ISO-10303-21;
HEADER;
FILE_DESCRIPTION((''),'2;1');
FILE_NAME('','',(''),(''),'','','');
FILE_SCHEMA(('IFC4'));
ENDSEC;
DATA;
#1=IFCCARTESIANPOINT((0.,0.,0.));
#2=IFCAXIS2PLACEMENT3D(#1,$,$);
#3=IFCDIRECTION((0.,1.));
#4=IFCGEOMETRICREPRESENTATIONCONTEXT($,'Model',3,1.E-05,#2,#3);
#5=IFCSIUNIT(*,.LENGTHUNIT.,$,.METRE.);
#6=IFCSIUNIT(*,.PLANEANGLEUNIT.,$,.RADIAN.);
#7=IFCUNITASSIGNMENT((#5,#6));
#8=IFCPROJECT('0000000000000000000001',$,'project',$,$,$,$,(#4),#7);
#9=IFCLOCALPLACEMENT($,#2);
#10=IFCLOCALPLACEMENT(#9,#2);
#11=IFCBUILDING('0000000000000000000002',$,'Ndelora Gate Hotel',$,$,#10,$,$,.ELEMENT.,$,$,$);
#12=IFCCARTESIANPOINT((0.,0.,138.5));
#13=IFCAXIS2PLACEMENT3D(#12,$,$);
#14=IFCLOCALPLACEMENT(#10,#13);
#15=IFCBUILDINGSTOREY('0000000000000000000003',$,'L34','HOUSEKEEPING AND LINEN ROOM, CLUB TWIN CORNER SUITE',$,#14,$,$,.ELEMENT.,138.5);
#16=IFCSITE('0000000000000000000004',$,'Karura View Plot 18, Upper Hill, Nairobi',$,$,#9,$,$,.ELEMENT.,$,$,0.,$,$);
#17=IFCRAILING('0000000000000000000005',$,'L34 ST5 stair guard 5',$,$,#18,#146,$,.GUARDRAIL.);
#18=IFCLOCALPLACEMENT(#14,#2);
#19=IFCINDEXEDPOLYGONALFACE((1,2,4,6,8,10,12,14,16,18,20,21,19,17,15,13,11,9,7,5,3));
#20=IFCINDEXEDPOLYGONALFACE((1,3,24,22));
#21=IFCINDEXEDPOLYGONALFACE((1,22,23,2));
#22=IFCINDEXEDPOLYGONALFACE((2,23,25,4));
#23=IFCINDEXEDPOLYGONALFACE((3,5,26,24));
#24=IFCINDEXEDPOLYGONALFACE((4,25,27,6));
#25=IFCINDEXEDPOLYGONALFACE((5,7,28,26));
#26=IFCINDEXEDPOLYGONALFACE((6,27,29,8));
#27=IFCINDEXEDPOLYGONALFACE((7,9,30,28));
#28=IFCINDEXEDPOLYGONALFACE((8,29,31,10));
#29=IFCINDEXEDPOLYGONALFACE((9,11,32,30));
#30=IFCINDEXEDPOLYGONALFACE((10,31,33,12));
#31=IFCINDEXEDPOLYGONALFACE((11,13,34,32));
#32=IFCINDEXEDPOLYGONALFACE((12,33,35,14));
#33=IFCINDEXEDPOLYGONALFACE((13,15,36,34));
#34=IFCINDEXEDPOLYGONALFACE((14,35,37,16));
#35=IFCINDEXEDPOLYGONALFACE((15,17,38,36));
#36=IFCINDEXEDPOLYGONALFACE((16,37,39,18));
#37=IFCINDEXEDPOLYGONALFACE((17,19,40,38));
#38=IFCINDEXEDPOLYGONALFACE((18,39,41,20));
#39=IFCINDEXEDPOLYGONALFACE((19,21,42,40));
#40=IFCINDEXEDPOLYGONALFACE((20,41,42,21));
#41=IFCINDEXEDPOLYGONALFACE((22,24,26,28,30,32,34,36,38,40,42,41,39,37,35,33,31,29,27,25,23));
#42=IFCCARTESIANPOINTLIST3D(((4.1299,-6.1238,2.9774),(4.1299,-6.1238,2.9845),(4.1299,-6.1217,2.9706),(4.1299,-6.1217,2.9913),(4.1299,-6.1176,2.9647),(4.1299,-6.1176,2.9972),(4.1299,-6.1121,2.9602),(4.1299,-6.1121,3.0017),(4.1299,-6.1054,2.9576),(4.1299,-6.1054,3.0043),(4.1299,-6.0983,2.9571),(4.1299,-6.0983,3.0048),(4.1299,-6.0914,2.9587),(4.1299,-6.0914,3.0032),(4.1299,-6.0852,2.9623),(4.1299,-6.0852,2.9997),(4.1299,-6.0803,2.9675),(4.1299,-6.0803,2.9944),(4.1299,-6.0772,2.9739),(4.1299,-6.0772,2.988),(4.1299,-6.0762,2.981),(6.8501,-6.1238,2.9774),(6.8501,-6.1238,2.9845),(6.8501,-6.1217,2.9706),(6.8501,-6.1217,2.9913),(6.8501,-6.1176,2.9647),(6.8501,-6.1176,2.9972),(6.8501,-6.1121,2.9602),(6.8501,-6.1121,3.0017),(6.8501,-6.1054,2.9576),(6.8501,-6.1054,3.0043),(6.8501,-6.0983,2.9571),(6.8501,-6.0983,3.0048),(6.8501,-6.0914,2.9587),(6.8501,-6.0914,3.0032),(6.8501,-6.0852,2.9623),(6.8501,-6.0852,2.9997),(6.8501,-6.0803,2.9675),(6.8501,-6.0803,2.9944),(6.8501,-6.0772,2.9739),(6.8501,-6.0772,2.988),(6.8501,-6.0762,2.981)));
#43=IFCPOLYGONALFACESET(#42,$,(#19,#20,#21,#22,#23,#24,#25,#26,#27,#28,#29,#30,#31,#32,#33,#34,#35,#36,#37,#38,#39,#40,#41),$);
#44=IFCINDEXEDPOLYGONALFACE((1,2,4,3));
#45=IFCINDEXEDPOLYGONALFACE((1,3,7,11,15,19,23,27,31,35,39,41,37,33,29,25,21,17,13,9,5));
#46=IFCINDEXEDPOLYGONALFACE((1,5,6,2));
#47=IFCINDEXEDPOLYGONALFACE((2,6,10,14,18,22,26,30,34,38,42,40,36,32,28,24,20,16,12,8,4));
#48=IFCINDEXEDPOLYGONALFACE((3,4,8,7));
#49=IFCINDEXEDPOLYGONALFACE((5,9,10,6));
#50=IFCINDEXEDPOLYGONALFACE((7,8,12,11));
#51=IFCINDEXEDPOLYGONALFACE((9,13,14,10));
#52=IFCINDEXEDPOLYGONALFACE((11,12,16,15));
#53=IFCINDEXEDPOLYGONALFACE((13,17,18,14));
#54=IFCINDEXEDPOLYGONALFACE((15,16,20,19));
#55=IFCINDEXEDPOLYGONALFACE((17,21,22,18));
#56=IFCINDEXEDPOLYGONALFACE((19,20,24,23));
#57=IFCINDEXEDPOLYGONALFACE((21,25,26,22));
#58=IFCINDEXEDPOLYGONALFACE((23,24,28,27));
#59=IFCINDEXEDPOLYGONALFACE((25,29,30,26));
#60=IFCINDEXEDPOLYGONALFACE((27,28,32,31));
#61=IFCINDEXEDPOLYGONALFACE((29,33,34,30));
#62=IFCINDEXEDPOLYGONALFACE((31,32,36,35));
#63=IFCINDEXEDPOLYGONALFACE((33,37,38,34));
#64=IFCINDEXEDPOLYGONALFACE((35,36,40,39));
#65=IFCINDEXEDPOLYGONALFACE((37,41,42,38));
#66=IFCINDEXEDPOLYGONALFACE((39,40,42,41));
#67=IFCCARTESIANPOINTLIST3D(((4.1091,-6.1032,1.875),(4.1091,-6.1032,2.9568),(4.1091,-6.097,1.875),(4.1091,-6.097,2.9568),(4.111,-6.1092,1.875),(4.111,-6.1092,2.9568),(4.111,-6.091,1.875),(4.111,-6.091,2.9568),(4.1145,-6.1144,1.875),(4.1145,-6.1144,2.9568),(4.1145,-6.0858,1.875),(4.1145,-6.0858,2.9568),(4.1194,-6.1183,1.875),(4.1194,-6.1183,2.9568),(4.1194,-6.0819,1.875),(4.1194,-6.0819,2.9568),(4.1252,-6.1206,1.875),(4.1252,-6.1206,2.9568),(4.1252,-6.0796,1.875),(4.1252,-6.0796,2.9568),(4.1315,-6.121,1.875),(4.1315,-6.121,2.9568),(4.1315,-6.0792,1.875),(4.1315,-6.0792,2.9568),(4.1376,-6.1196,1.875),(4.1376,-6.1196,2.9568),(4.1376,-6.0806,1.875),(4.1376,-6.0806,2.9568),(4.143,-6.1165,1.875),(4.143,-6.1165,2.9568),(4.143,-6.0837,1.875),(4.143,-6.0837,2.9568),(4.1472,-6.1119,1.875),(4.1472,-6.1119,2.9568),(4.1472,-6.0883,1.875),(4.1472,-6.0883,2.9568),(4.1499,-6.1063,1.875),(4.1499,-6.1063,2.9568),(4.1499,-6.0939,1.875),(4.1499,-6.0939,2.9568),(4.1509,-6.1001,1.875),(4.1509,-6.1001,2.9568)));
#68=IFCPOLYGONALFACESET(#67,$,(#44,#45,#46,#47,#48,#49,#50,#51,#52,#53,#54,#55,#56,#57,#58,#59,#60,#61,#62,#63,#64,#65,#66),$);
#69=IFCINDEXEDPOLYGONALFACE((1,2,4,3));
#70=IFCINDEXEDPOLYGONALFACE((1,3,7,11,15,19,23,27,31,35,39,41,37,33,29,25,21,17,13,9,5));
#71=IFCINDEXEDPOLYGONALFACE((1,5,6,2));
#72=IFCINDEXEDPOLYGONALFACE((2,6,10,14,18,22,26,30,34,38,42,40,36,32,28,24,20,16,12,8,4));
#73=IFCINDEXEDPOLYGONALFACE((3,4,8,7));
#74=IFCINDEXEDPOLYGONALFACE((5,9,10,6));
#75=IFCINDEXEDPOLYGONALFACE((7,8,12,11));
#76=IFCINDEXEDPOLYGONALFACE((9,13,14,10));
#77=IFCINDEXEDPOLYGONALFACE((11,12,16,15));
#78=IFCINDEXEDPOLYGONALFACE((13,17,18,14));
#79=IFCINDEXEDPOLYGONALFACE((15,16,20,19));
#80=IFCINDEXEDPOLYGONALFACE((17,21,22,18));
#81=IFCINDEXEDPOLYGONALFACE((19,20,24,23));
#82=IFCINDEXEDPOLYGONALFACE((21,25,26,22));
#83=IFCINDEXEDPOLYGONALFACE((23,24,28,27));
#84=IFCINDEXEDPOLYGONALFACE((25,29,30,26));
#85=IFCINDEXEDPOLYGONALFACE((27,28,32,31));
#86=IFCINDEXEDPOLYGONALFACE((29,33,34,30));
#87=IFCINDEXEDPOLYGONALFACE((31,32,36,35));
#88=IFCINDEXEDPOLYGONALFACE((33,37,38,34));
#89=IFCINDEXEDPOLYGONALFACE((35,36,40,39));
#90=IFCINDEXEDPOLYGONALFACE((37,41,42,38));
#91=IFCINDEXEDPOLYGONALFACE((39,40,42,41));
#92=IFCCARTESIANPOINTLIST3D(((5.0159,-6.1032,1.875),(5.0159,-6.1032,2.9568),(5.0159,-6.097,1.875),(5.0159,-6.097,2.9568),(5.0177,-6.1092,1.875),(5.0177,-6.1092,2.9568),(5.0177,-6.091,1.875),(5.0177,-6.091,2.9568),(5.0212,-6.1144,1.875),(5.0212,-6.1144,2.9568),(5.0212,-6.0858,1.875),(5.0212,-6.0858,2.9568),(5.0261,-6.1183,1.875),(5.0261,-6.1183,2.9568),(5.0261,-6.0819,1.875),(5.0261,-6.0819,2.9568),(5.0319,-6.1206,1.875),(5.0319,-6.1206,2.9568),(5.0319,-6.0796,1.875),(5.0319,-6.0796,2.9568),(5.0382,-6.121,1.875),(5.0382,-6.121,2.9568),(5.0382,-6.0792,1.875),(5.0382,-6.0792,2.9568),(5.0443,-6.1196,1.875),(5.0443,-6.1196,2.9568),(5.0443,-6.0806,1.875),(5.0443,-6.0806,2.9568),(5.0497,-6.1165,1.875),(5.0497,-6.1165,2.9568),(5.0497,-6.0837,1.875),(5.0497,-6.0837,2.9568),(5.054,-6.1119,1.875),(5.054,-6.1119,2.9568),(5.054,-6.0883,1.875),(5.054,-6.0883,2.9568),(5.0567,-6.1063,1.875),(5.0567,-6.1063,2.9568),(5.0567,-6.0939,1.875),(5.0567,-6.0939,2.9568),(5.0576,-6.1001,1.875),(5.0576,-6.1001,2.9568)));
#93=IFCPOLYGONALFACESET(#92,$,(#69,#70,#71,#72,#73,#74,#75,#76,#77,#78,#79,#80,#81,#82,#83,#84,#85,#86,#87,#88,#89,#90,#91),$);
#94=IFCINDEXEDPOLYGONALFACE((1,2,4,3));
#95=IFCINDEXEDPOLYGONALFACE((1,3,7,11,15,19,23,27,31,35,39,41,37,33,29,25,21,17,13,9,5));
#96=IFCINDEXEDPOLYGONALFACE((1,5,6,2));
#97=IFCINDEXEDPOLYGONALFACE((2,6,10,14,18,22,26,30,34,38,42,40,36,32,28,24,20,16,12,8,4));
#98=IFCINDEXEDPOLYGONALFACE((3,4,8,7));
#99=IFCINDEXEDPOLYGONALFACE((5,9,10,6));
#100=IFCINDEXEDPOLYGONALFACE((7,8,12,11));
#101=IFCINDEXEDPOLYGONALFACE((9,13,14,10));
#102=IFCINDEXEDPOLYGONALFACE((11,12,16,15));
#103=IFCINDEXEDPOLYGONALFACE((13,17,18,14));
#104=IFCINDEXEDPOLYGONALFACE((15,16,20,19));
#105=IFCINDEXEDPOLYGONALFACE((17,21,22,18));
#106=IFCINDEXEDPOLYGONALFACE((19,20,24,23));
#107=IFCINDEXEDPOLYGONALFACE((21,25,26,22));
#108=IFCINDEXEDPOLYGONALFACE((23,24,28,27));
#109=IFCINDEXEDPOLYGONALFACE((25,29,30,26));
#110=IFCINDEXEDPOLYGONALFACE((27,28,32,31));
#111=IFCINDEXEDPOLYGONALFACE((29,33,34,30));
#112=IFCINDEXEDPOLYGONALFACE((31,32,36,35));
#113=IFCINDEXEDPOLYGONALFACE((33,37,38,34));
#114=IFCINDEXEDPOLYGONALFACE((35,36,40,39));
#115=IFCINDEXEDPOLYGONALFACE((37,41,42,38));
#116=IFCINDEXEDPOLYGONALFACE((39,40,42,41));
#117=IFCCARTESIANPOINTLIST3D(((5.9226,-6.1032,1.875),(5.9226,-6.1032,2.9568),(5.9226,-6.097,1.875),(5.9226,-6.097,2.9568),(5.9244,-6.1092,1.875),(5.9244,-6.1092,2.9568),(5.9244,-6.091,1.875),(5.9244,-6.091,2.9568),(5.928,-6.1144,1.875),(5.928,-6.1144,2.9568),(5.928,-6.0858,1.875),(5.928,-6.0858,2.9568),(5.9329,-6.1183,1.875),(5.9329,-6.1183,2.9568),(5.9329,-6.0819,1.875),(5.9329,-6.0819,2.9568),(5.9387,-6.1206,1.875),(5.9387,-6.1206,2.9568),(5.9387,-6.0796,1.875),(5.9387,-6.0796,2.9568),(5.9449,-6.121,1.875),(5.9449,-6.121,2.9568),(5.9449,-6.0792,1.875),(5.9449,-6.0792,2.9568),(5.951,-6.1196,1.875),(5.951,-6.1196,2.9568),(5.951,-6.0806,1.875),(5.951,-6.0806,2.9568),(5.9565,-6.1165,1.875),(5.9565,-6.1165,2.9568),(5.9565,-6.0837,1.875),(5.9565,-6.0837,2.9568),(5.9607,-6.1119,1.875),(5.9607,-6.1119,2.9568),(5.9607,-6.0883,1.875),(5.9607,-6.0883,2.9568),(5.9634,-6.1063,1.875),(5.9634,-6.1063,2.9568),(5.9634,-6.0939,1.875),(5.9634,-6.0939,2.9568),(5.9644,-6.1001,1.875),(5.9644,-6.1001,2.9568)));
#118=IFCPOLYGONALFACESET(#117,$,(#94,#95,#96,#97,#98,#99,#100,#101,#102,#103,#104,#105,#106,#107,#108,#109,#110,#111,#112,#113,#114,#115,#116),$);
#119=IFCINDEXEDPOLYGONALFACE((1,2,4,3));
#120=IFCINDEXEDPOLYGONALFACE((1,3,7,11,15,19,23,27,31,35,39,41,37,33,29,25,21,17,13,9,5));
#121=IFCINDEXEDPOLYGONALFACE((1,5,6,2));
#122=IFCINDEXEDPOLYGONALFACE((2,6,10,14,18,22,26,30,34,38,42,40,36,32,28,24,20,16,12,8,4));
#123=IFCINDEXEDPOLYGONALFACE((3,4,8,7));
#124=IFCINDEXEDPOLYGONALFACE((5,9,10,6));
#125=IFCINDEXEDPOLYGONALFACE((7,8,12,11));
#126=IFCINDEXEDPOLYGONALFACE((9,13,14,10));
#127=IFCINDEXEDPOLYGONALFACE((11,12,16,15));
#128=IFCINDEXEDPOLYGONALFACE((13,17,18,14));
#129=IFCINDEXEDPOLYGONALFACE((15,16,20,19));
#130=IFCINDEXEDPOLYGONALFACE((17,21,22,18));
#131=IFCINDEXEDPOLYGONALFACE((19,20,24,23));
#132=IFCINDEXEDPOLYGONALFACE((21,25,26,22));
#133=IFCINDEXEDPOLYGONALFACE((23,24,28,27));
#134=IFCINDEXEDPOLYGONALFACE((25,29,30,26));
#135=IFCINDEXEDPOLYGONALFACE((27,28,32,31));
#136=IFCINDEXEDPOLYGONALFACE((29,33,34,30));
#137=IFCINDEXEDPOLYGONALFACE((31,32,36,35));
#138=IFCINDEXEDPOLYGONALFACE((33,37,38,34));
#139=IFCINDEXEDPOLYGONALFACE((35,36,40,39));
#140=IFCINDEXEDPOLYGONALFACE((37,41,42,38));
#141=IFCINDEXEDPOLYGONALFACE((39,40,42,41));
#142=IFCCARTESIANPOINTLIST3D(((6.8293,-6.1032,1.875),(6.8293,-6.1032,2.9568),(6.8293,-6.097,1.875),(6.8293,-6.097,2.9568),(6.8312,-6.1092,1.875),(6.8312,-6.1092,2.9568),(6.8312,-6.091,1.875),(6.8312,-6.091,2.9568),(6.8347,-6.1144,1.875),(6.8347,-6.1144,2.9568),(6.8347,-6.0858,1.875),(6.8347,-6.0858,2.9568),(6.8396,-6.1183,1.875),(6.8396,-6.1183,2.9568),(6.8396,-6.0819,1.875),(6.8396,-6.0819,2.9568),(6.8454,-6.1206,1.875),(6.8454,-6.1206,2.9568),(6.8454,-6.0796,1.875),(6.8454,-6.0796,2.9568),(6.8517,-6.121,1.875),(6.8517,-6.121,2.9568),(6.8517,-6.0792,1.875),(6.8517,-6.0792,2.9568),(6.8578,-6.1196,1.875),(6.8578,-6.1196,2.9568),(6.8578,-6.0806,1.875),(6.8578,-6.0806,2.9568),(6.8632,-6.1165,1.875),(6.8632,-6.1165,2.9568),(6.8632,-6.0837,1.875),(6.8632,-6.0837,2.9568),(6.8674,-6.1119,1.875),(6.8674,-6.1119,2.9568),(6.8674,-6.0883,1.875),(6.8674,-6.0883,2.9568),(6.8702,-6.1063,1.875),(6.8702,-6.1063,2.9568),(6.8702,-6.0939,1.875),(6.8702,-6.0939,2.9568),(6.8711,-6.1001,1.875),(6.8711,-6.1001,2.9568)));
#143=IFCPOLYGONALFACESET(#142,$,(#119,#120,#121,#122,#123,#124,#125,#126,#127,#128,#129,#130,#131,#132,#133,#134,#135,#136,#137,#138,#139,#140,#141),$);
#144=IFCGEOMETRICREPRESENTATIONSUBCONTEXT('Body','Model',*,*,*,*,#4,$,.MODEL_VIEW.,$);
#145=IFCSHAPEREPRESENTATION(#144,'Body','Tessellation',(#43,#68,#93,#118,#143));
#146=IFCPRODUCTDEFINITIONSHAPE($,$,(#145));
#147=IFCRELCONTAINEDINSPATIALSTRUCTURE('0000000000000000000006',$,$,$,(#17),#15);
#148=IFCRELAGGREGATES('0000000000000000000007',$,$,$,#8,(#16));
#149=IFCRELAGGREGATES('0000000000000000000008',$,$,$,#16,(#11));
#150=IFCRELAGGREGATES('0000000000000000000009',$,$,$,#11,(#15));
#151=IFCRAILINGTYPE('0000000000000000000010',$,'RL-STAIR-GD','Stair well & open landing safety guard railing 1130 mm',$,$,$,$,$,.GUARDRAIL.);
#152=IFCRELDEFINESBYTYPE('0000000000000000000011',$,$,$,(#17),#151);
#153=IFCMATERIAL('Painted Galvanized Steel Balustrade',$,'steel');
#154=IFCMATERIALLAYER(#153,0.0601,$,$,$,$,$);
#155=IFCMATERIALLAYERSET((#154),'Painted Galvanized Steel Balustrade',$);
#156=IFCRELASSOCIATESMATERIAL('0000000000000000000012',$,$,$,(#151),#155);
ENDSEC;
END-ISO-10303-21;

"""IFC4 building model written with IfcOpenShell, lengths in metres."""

from ifc_helpers import new_model, si_unit, direction, frame, origin, origin_2d, place, context, subcontext, project, spatial, circle, extrude, material, layer, layer_set, type_object, element, save


model = new_model("IFC4")

# Units and contexts
model_context = context("Model", 3, precision=1e-05, world=origin(), true_north=direction((0.0, 1.0)))
body_context = subcontext(model_context, "Body", "Model", "MODEL_VIEW")
ifc_project = project(units=[si_unit("LENGTHUNIT", "METRE"), si_unit("PLANEANGLEUNIT", "RADIAN")], contexts=[model_context])

# Site, building, storey
site_placement = place(None, origin())
site = spatial("IfcSite", under=ifc_project, at=site_placement, Name="Karura View Plot 18, Upper Hill, Nairobi", CompositionType="ELEMENT", RefElevation=0.0)
building_placement = place(site_placement, origin())
building = spatial("IfcBuilding", under=site, at=building_placement, Name="Ndelora Gate Hotel", CompositionType="ELEMENT")
storey_placement = place(building_placement, frame((0.0, 0.0, 138.5)))
storey = spatial("IfcBuildingStorey", under=building, at=storey_placement, Name="L34", Description="HOUSEKEEPING AND LINEN ROOM, CLUB TWIN CORNER SUITE", CompositionType="ELEMENT", Elevation=138.5)

# Railing
ifc_material_1 = material(Name="Painted Galvanized Steel Balustrade", Category="steel")
ifc_layer_1 = layer(ifc_material_1, 0.0601)
ifc_layer_set_1 = layer_set([ifc_layer_1], Name="Painted Galvanized Steel Balustrade")
railing_type_1 = type_object("IfcRailingType", Name="RL-STAIR-GD", Description="Stair well & open landing safety guard railing 1130 mm", PredefinedType="GUARDRAIL", material=ifc_layer_set_1)
railing_1_placement = place(storey_placement, frame((4.1299, -6.1001, 1.875)))
element("IfcRailing", 1, at=railing_1_placement, inside=storey, type_object=railing_type_1, Name="L34 ST5 stair guard 5", PredefinedType="GUARDRAIL", context=body_context, shape_type="SweptSolid", body=[
    extrude(circle(Radius=0.0239, at=origin_2d()), frame((0.0, 0.0, 1.106), z_axis=(1.0, 0.0, 0.0), x_axis=(0.0, 1.0, 0.0)), (0.0, 0.0, 1.0), 2.7202),
    extrude(circle(Radius=0.021, at=origin_2d()), origin(), (0.0, 0.0, 1.0), 1.0818),
    extrude(circle(Radius=0.021, at=origin_2d()), frame((0.9067, 0.0, 0.0)), (0.0, 0.0, 1.0), 1.0818),
    extrude(circle(Radius=0.021, at=origin_2d()), frame((1.8135, 0.0, 0.0)), (0.0, 0.0, 1.0), 1.0818),
    extrude(circle(Radius=0.021, at=origin_2d()), frame((2.7202, 0.0, 0.0)), (0.0, 0.0, 1.0), 1.0818),
])

save(model, "model.ifc")
